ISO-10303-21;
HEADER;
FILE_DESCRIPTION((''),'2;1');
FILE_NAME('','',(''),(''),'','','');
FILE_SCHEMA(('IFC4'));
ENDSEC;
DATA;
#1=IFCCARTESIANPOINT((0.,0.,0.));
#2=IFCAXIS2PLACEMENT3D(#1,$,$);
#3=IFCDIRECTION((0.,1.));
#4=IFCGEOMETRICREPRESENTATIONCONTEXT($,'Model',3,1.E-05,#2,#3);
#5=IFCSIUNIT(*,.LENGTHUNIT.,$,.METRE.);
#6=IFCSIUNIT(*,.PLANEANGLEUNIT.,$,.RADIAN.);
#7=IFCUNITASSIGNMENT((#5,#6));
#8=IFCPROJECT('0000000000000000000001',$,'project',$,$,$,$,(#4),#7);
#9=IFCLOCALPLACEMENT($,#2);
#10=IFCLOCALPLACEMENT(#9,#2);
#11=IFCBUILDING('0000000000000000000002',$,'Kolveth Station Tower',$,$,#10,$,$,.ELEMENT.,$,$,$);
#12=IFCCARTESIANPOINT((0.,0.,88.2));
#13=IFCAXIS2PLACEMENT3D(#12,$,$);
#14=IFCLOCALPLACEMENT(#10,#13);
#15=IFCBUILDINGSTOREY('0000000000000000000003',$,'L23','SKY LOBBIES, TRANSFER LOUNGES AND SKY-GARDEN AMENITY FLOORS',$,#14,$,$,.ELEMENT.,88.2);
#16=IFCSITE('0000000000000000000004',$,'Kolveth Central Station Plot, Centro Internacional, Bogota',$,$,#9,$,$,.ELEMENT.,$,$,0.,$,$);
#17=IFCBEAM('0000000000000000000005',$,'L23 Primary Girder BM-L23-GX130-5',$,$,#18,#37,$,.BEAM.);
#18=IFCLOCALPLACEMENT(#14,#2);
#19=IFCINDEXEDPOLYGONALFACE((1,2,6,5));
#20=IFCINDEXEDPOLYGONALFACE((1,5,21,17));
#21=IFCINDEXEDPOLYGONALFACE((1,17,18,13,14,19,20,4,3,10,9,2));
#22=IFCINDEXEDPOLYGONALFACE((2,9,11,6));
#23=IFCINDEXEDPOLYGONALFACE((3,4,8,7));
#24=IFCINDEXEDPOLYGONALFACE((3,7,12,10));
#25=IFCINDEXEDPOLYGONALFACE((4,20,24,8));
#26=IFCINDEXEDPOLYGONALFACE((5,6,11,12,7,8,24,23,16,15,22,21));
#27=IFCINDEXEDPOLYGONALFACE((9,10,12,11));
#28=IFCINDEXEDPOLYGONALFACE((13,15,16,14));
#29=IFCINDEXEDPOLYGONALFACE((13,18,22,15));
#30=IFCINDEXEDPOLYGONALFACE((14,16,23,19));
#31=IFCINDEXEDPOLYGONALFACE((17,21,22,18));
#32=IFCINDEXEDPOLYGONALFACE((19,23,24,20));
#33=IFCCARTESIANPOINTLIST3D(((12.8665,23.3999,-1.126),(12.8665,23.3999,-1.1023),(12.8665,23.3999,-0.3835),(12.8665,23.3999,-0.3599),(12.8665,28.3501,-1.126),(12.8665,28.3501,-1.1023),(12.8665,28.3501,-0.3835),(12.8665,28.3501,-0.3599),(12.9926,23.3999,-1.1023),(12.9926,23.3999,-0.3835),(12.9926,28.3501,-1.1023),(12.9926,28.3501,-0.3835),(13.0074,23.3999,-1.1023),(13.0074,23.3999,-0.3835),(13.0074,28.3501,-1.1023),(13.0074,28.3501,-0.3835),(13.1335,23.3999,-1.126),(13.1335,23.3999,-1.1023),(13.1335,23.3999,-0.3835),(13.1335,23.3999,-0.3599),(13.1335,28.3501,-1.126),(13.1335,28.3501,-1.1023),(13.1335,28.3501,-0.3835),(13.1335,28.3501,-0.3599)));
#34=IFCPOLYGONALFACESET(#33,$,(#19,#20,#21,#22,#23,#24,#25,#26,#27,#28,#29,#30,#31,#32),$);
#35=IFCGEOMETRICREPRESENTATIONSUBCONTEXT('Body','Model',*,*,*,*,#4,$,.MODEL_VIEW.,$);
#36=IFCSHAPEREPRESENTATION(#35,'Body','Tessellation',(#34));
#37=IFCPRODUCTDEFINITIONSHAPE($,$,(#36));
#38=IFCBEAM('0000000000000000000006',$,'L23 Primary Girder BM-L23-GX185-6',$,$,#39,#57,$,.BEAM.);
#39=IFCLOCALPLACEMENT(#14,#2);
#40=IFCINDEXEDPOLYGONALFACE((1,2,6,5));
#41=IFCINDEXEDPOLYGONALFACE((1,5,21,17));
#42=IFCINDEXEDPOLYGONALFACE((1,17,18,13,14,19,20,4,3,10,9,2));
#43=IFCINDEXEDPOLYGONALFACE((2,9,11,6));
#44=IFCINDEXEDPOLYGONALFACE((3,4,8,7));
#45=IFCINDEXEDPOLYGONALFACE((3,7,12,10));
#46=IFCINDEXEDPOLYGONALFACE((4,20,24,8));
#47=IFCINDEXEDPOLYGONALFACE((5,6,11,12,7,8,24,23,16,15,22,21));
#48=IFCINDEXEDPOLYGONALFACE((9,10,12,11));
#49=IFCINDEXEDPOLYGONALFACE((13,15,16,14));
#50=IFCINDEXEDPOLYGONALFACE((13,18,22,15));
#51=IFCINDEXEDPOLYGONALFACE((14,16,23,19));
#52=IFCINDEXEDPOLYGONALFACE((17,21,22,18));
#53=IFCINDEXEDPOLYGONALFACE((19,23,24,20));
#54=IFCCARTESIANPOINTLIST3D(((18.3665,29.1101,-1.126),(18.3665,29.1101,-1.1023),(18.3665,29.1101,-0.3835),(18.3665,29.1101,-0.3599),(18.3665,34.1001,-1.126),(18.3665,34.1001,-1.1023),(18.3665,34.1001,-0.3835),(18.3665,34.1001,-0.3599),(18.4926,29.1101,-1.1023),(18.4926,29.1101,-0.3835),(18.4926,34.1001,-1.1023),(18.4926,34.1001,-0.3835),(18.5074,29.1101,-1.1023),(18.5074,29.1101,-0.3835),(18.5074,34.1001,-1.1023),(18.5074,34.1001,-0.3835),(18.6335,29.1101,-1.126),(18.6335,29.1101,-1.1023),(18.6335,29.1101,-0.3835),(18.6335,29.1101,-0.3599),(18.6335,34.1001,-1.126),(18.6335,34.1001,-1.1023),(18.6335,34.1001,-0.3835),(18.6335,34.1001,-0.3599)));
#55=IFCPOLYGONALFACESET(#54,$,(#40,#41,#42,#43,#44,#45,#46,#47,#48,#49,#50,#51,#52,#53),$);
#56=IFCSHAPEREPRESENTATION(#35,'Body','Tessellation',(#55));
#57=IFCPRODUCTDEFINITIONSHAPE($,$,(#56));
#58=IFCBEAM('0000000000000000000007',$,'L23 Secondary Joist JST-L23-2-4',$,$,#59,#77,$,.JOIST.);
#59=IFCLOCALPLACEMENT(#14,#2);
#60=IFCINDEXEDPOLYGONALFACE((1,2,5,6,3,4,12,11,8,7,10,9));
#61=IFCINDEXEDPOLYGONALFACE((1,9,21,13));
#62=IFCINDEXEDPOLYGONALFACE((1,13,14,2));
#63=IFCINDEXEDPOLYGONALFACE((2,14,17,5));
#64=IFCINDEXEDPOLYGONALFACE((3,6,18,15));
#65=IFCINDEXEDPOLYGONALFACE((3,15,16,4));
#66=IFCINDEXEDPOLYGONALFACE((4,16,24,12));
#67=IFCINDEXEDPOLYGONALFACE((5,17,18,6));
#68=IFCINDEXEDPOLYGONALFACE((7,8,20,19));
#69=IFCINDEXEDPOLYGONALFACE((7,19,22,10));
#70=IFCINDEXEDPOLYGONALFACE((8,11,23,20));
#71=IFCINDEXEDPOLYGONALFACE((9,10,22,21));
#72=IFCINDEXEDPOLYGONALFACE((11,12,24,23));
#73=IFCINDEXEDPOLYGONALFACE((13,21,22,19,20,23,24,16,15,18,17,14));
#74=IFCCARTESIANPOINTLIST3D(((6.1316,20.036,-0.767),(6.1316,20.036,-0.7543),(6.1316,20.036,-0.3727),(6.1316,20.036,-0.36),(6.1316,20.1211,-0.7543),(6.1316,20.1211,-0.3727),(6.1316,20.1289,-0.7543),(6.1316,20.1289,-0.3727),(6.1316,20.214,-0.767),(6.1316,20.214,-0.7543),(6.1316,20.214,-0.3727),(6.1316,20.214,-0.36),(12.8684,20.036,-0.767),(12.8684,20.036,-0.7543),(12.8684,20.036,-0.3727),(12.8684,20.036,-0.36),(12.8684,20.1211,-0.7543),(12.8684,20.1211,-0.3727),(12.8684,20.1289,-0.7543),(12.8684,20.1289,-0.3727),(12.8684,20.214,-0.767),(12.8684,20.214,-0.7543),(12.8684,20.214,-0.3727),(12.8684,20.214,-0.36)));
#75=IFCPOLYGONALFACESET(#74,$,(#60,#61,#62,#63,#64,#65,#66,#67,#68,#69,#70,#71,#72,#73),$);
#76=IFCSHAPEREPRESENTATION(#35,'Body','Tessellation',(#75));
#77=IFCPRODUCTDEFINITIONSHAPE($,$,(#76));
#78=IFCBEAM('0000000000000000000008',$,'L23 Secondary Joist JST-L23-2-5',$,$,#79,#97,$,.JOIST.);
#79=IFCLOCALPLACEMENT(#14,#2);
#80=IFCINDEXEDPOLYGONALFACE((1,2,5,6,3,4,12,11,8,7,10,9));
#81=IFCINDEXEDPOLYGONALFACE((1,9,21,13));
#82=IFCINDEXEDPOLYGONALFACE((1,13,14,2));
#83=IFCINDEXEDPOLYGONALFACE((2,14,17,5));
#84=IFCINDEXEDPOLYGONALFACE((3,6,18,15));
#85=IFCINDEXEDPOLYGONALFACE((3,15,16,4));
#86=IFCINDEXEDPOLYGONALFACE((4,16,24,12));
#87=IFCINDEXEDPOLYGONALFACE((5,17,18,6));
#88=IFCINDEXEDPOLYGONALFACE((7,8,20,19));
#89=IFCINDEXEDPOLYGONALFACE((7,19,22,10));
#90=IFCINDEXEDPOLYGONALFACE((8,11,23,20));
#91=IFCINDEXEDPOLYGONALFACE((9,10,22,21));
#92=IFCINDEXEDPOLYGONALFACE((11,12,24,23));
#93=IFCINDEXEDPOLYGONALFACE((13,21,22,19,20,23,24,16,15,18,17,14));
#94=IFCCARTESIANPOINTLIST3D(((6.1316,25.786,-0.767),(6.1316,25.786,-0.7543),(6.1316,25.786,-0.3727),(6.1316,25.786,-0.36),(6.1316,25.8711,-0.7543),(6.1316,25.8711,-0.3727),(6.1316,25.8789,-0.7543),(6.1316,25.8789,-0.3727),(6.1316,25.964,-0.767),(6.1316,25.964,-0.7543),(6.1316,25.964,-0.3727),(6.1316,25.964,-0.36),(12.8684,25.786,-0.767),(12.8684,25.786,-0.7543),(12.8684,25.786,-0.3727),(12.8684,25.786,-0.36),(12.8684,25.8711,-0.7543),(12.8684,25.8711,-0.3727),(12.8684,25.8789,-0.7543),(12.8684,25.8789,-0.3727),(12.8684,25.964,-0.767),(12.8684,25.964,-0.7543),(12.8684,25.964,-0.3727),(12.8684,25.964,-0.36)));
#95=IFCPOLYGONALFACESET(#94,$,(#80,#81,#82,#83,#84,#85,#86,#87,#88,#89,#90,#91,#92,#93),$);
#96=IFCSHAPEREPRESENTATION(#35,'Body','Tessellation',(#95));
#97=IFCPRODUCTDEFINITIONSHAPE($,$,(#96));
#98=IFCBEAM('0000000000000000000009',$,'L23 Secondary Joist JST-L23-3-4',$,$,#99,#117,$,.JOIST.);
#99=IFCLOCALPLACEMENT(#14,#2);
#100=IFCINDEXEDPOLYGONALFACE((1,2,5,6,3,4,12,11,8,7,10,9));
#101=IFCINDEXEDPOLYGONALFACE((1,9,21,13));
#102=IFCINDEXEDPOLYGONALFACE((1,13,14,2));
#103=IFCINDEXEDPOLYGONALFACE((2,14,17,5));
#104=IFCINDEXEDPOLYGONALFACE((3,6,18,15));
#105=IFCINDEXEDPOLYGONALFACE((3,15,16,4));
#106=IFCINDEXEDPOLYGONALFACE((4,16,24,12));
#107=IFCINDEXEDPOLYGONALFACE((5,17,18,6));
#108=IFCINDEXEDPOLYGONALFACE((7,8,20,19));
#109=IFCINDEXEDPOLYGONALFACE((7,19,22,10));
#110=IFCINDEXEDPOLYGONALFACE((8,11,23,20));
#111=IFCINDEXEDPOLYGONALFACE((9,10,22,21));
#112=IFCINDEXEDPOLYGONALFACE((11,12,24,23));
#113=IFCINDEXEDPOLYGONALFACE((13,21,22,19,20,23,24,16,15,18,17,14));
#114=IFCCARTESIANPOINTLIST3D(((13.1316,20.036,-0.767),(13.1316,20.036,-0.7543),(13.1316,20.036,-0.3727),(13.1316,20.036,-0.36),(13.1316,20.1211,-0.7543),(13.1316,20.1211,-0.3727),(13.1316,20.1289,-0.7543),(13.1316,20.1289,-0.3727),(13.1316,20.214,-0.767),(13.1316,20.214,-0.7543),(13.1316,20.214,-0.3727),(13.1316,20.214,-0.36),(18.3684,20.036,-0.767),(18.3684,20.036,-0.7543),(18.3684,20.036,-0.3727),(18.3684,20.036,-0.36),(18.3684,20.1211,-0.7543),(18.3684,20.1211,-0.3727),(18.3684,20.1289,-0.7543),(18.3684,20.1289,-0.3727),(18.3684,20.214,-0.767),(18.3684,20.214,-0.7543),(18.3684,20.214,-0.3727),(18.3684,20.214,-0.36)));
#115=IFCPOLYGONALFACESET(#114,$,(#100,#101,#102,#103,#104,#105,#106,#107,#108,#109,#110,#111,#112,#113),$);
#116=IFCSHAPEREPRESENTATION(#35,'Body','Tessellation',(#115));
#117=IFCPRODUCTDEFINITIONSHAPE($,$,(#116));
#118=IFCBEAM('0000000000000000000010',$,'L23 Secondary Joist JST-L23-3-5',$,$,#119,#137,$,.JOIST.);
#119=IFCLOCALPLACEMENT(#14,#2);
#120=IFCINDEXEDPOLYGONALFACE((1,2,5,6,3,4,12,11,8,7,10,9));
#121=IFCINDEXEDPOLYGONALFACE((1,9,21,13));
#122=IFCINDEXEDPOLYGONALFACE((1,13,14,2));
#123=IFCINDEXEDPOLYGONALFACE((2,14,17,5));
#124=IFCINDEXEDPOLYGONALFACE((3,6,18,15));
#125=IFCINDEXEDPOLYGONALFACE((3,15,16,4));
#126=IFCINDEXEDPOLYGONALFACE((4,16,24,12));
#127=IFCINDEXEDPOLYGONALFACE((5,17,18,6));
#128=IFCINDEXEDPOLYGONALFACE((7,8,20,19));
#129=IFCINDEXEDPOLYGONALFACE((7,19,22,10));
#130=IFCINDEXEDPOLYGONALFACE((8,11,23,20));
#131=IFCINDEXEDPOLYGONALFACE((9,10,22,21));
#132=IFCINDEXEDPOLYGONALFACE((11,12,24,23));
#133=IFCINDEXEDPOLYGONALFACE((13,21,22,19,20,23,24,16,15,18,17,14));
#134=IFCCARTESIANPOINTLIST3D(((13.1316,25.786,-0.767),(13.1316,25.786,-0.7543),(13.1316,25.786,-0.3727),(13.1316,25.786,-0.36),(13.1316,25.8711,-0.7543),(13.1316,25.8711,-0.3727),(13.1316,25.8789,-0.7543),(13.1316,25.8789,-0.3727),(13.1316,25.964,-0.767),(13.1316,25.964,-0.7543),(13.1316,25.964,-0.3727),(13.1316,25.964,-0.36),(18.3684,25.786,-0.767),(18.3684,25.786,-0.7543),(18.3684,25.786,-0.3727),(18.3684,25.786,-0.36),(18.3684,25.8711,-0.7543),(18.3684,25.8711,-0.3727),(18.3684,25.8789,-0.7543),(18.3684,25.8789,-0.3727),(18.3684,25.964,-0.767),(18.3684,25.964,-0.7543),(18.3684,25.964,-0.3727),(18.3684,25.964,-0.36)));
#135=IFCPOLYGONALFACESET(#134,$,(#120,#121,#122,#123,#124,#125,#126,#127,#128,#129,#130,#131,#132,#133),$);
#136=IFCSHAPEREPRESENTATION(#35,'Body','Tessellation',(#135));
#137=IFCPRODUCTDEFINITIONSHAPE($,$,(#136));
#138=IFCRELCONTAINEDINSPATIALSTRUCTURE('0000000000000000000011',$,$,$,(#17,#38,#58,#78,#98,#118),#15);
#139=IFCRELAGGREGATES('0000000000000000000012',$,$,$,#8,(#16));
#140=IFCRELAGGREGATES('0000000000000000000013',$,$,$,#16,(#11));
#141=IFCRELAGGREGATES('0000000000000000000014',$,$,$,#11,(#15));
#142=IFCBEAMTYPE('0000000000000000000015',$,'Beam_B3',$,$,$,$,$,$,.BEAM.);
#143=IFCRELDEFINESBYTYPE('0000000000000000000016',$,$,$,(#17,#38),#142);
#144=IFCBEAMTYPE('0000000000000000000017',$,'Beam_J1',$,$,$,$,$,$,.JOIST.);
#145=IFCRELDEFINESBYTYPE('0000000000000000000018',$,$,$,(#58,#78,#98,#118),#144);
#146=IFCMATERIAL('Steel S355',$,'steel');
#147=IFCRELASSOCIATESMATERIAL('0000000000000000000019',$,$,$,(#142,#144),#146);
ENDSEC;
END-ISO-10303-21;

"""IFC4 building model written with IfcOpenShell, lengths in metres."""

from ifc_helpers import new_model, si_unit, direction, frame, origin, origin_2d, place, context, subcontext, project, spatial, i_section, extrude, source, transform, mapped, material, material_profile, profile_set, type_object, element, save


model = new_model("IFC4")

# Units and contexts
model_context = context("Model", 3, precision=1e-05, world=origin(), true_north=direction((0.0, 1.0)))
body_context = subcontext(model_context, "Body", "Model", "MODEL_VIEW")
ifc_project = project(units=[si_unit("LENGTHUNIT", "METRE"), si_unit("PLANEANGLEUNIT", "RADIAN")], contexts=[model_context])

# Site, building, storey
site_placement = place(None, origin())
site = spatial("IfcSite", under=ifc_project, at=site_placement, Name="Kolveth Central Station Plot, Centro Internacional, Bogota", CompositionType="ELEMENT", RefElevation=0.0)
building_placement = place(site_placement, origin())
building = spatial("IfcBuilding", under=site, at=building_placement, Name="Kolveth Station Tower", CompositionType="ELEMENT")
storey_placement = place(building_placement, frame((0.0, 0.0, 88.2)))
storey = spatial("IfcBuildingStorey", under=building, at=storey_placement, Name="L23", Description="SKY LOBBIES, TRANSFER LOUNGES AND SKY-GARDEN AMENITY FLOORS", CompositionType="ELEMENT", Elevation=88.2)

# Shared definitions
ifc_material_1 = material(Name="Steel S355", Category="steel")

# Beams
ifc_material_profile_1 = material_profile(ifc_material_1, i_section(OverallWidth=0.2671, OverallDepth=0.7661, WebThickness=0.0149, FlangeThickness=0.0237, at=origin_2d()), Name="W760x185")
ifc_profile_set_1 = profile_set([ifc_material_profile_1], Name="Steel S355")
beam_type_1 = type_object("IfcBeamType", Name="Beam_B3", PredefinedType="BEAM", material=ifc_profile_set_1)
shared_shape_1 = source(origin(), body_context, "Body", "SweptSolid", [
    extrude(i_section(OverallWidth=0.2671, OverallDepth=0.7661, WebThickness=0.0149, FlangeThickness=0.0237, at=origin_2d()), origin(), (0.0, 0.0, 1.0), 4.9502),
])
for number, where, z_axis, x_axis, name in (
    (1, (13.0, 23.3999, -0.7429), (0.0, 1.0, 0.0), (-1.0, 0.0, 0.0), "L23 Primary Girder BM-L23-GX130-5"),
):
    element("IfcBeam", number, at=place(storey_placement, frame(where, z_axis=z_axis, x_axis=x_axis)), inside=storey, type_object=beam_type_1, Name=name, PredefinedType="BEAM", context=body_context, shape_type="MappedRepresentation", body=[
        mapped(shared_shape_1, transform((0.0, 0.0, 0.0), x_axis=(1.0, 0.0, 0.0), y_axis=(0.0, 1.0, 0.0), z_axis=(0.0, 0.0, 1.0), scale=1.0)),
    ])
shared_shape_2 = source(origin(), body_context, "Body", "SweptSolid", [
    extrude(i_section(OverallWidth=0.2671, OverallDepth=0.7661, WebThickness=0.0149, FlangeThickness=0.0237, at=origin_2d()), origin(), (0.0, 0.0, 1.0), 4.99),
])
beam_placement = place(storey_placement, frame((18.5, 29.1101, -0.7429), z_axis=(0.0, 1.0, 0.0), x_axis=(-1.0, 0.0, 0.0)))
element("IfcBeam", 2, at=beam_placement, inside=storey, type_object=beam_type_1, Name="L23 Primary Girder BM-L23-GX185-6", PredefinedType="BEAM", context=body_context, shape_type="MappedRepresentation", body=[
    mapped(shared_shape_2, transform((0.0, 0.0, 0.0), x_axis=(1.0, 0.0, 0.0), y_axis=(0.0, 1.0, 0.0), z_axis=(0.0, 0.0, 1.0), scale=1.0)),
])
ifc_material_profile_2 = material_profile(ifc_material_1, i_section(OverallWidth=0.178, OverallDepth=0.407, WebThickness=0.0078, FlangeThickness=0.0127, at=origin_2d()), Name="W410x60")
ifc_profile_set_2 = profile_set([ifc_material_profile_2], Name="Steel S355")
beam_type_2 = type_object("IfcBeamType", Name="Beam_J1", PredefinedType="JOIST", material=ifc_profile_set_2)
shared_shape_3 = source(origin(), body_context, "Body", "SweptSolid", [
    extrude(i_section(OverallWidth=0.178, OverallDepth=0.407, WebThickness=0.0078, FlangeThickness=0.0127, at=origin_2d()), origin(), (0.0, 0.0, 1.0), 6.7368),
])
for number, where, z_axis, x_axis, name in (
    (3, (6.1316, 20.125, -0.5635), (1.0, 0.0, 0.0), (0.0, 1.0, 0.0), "L23 Secondary Joist JST-L23-2-4"),
    (4, (6.1316, 25.875, -0.5635), (1.0, 0.0, 0.0), (0.0, 1.0, 0.0), "L23 Secondary Joist JST-L23-2-5"),
):
    element("IfcBeam", number, at=place(storey_placement, frame(where, z_axis=z_axis, x_axis=x_axis)), inside=storey, type_object=beam_type_2, Name=name, PredefinedType="JOIST", context=body_context, shape_type="MappedRepresentation", body=[
        mapped(shared_shape_3, transform((0.0, 0.0, 0.0), x_axis=(1.0, 0.0, 0.0), y_axis=(0.0, 1.0, 0.0), z_axis=(0.0, 0.0, 1.0), scale=1.0)),
    ])
shared_shape_4 = source(origin(), body_context, "Body", "SweptSolid", [
    extrude(i_section(OverallWidth=0.178, OverallDepth=0.407, WebThickness=0.0078, FlangeThickness=0.0127, at=origin_2d()), origin(), (0.0, 0.0, 1.0), 5.2368),
])
for number, where, z_axis, x_axis, name in (
    (5, (13.1316, 20.125, -0.5635), (1.0, 0.0, 0.0), (0.0, 1.0, 0.0), "L23 Secondary Joist JST-L23-3-4"),
    (6, (13.1316, 25.875, -0.5635), (1.0, 0.0, 0.0), (0.0, 1.0, 0.0), "L23 Secondary Joist JST-L23-3-5"),
):
    element("IfcBeam", number, at=place(storey_placement, frame(where, z_axis=z_axis, x_axis=x_axis)), inside=storey, type_object=beam_type_2, Name=name, PredefinedType="JOIST", context=body_context, shape_type="MappedRepresentation", body=[
        mapped(shared_shape_4, transform((0.0, 0.0, 0.0), x_axis=(1.0, 0.0, 0.0), y_axis=(0.0, 1.0, 0.0), z_axis=(0.0, 0.0, 1.0), scale=1.0)),
    ])

save(model, "model.ifc")
